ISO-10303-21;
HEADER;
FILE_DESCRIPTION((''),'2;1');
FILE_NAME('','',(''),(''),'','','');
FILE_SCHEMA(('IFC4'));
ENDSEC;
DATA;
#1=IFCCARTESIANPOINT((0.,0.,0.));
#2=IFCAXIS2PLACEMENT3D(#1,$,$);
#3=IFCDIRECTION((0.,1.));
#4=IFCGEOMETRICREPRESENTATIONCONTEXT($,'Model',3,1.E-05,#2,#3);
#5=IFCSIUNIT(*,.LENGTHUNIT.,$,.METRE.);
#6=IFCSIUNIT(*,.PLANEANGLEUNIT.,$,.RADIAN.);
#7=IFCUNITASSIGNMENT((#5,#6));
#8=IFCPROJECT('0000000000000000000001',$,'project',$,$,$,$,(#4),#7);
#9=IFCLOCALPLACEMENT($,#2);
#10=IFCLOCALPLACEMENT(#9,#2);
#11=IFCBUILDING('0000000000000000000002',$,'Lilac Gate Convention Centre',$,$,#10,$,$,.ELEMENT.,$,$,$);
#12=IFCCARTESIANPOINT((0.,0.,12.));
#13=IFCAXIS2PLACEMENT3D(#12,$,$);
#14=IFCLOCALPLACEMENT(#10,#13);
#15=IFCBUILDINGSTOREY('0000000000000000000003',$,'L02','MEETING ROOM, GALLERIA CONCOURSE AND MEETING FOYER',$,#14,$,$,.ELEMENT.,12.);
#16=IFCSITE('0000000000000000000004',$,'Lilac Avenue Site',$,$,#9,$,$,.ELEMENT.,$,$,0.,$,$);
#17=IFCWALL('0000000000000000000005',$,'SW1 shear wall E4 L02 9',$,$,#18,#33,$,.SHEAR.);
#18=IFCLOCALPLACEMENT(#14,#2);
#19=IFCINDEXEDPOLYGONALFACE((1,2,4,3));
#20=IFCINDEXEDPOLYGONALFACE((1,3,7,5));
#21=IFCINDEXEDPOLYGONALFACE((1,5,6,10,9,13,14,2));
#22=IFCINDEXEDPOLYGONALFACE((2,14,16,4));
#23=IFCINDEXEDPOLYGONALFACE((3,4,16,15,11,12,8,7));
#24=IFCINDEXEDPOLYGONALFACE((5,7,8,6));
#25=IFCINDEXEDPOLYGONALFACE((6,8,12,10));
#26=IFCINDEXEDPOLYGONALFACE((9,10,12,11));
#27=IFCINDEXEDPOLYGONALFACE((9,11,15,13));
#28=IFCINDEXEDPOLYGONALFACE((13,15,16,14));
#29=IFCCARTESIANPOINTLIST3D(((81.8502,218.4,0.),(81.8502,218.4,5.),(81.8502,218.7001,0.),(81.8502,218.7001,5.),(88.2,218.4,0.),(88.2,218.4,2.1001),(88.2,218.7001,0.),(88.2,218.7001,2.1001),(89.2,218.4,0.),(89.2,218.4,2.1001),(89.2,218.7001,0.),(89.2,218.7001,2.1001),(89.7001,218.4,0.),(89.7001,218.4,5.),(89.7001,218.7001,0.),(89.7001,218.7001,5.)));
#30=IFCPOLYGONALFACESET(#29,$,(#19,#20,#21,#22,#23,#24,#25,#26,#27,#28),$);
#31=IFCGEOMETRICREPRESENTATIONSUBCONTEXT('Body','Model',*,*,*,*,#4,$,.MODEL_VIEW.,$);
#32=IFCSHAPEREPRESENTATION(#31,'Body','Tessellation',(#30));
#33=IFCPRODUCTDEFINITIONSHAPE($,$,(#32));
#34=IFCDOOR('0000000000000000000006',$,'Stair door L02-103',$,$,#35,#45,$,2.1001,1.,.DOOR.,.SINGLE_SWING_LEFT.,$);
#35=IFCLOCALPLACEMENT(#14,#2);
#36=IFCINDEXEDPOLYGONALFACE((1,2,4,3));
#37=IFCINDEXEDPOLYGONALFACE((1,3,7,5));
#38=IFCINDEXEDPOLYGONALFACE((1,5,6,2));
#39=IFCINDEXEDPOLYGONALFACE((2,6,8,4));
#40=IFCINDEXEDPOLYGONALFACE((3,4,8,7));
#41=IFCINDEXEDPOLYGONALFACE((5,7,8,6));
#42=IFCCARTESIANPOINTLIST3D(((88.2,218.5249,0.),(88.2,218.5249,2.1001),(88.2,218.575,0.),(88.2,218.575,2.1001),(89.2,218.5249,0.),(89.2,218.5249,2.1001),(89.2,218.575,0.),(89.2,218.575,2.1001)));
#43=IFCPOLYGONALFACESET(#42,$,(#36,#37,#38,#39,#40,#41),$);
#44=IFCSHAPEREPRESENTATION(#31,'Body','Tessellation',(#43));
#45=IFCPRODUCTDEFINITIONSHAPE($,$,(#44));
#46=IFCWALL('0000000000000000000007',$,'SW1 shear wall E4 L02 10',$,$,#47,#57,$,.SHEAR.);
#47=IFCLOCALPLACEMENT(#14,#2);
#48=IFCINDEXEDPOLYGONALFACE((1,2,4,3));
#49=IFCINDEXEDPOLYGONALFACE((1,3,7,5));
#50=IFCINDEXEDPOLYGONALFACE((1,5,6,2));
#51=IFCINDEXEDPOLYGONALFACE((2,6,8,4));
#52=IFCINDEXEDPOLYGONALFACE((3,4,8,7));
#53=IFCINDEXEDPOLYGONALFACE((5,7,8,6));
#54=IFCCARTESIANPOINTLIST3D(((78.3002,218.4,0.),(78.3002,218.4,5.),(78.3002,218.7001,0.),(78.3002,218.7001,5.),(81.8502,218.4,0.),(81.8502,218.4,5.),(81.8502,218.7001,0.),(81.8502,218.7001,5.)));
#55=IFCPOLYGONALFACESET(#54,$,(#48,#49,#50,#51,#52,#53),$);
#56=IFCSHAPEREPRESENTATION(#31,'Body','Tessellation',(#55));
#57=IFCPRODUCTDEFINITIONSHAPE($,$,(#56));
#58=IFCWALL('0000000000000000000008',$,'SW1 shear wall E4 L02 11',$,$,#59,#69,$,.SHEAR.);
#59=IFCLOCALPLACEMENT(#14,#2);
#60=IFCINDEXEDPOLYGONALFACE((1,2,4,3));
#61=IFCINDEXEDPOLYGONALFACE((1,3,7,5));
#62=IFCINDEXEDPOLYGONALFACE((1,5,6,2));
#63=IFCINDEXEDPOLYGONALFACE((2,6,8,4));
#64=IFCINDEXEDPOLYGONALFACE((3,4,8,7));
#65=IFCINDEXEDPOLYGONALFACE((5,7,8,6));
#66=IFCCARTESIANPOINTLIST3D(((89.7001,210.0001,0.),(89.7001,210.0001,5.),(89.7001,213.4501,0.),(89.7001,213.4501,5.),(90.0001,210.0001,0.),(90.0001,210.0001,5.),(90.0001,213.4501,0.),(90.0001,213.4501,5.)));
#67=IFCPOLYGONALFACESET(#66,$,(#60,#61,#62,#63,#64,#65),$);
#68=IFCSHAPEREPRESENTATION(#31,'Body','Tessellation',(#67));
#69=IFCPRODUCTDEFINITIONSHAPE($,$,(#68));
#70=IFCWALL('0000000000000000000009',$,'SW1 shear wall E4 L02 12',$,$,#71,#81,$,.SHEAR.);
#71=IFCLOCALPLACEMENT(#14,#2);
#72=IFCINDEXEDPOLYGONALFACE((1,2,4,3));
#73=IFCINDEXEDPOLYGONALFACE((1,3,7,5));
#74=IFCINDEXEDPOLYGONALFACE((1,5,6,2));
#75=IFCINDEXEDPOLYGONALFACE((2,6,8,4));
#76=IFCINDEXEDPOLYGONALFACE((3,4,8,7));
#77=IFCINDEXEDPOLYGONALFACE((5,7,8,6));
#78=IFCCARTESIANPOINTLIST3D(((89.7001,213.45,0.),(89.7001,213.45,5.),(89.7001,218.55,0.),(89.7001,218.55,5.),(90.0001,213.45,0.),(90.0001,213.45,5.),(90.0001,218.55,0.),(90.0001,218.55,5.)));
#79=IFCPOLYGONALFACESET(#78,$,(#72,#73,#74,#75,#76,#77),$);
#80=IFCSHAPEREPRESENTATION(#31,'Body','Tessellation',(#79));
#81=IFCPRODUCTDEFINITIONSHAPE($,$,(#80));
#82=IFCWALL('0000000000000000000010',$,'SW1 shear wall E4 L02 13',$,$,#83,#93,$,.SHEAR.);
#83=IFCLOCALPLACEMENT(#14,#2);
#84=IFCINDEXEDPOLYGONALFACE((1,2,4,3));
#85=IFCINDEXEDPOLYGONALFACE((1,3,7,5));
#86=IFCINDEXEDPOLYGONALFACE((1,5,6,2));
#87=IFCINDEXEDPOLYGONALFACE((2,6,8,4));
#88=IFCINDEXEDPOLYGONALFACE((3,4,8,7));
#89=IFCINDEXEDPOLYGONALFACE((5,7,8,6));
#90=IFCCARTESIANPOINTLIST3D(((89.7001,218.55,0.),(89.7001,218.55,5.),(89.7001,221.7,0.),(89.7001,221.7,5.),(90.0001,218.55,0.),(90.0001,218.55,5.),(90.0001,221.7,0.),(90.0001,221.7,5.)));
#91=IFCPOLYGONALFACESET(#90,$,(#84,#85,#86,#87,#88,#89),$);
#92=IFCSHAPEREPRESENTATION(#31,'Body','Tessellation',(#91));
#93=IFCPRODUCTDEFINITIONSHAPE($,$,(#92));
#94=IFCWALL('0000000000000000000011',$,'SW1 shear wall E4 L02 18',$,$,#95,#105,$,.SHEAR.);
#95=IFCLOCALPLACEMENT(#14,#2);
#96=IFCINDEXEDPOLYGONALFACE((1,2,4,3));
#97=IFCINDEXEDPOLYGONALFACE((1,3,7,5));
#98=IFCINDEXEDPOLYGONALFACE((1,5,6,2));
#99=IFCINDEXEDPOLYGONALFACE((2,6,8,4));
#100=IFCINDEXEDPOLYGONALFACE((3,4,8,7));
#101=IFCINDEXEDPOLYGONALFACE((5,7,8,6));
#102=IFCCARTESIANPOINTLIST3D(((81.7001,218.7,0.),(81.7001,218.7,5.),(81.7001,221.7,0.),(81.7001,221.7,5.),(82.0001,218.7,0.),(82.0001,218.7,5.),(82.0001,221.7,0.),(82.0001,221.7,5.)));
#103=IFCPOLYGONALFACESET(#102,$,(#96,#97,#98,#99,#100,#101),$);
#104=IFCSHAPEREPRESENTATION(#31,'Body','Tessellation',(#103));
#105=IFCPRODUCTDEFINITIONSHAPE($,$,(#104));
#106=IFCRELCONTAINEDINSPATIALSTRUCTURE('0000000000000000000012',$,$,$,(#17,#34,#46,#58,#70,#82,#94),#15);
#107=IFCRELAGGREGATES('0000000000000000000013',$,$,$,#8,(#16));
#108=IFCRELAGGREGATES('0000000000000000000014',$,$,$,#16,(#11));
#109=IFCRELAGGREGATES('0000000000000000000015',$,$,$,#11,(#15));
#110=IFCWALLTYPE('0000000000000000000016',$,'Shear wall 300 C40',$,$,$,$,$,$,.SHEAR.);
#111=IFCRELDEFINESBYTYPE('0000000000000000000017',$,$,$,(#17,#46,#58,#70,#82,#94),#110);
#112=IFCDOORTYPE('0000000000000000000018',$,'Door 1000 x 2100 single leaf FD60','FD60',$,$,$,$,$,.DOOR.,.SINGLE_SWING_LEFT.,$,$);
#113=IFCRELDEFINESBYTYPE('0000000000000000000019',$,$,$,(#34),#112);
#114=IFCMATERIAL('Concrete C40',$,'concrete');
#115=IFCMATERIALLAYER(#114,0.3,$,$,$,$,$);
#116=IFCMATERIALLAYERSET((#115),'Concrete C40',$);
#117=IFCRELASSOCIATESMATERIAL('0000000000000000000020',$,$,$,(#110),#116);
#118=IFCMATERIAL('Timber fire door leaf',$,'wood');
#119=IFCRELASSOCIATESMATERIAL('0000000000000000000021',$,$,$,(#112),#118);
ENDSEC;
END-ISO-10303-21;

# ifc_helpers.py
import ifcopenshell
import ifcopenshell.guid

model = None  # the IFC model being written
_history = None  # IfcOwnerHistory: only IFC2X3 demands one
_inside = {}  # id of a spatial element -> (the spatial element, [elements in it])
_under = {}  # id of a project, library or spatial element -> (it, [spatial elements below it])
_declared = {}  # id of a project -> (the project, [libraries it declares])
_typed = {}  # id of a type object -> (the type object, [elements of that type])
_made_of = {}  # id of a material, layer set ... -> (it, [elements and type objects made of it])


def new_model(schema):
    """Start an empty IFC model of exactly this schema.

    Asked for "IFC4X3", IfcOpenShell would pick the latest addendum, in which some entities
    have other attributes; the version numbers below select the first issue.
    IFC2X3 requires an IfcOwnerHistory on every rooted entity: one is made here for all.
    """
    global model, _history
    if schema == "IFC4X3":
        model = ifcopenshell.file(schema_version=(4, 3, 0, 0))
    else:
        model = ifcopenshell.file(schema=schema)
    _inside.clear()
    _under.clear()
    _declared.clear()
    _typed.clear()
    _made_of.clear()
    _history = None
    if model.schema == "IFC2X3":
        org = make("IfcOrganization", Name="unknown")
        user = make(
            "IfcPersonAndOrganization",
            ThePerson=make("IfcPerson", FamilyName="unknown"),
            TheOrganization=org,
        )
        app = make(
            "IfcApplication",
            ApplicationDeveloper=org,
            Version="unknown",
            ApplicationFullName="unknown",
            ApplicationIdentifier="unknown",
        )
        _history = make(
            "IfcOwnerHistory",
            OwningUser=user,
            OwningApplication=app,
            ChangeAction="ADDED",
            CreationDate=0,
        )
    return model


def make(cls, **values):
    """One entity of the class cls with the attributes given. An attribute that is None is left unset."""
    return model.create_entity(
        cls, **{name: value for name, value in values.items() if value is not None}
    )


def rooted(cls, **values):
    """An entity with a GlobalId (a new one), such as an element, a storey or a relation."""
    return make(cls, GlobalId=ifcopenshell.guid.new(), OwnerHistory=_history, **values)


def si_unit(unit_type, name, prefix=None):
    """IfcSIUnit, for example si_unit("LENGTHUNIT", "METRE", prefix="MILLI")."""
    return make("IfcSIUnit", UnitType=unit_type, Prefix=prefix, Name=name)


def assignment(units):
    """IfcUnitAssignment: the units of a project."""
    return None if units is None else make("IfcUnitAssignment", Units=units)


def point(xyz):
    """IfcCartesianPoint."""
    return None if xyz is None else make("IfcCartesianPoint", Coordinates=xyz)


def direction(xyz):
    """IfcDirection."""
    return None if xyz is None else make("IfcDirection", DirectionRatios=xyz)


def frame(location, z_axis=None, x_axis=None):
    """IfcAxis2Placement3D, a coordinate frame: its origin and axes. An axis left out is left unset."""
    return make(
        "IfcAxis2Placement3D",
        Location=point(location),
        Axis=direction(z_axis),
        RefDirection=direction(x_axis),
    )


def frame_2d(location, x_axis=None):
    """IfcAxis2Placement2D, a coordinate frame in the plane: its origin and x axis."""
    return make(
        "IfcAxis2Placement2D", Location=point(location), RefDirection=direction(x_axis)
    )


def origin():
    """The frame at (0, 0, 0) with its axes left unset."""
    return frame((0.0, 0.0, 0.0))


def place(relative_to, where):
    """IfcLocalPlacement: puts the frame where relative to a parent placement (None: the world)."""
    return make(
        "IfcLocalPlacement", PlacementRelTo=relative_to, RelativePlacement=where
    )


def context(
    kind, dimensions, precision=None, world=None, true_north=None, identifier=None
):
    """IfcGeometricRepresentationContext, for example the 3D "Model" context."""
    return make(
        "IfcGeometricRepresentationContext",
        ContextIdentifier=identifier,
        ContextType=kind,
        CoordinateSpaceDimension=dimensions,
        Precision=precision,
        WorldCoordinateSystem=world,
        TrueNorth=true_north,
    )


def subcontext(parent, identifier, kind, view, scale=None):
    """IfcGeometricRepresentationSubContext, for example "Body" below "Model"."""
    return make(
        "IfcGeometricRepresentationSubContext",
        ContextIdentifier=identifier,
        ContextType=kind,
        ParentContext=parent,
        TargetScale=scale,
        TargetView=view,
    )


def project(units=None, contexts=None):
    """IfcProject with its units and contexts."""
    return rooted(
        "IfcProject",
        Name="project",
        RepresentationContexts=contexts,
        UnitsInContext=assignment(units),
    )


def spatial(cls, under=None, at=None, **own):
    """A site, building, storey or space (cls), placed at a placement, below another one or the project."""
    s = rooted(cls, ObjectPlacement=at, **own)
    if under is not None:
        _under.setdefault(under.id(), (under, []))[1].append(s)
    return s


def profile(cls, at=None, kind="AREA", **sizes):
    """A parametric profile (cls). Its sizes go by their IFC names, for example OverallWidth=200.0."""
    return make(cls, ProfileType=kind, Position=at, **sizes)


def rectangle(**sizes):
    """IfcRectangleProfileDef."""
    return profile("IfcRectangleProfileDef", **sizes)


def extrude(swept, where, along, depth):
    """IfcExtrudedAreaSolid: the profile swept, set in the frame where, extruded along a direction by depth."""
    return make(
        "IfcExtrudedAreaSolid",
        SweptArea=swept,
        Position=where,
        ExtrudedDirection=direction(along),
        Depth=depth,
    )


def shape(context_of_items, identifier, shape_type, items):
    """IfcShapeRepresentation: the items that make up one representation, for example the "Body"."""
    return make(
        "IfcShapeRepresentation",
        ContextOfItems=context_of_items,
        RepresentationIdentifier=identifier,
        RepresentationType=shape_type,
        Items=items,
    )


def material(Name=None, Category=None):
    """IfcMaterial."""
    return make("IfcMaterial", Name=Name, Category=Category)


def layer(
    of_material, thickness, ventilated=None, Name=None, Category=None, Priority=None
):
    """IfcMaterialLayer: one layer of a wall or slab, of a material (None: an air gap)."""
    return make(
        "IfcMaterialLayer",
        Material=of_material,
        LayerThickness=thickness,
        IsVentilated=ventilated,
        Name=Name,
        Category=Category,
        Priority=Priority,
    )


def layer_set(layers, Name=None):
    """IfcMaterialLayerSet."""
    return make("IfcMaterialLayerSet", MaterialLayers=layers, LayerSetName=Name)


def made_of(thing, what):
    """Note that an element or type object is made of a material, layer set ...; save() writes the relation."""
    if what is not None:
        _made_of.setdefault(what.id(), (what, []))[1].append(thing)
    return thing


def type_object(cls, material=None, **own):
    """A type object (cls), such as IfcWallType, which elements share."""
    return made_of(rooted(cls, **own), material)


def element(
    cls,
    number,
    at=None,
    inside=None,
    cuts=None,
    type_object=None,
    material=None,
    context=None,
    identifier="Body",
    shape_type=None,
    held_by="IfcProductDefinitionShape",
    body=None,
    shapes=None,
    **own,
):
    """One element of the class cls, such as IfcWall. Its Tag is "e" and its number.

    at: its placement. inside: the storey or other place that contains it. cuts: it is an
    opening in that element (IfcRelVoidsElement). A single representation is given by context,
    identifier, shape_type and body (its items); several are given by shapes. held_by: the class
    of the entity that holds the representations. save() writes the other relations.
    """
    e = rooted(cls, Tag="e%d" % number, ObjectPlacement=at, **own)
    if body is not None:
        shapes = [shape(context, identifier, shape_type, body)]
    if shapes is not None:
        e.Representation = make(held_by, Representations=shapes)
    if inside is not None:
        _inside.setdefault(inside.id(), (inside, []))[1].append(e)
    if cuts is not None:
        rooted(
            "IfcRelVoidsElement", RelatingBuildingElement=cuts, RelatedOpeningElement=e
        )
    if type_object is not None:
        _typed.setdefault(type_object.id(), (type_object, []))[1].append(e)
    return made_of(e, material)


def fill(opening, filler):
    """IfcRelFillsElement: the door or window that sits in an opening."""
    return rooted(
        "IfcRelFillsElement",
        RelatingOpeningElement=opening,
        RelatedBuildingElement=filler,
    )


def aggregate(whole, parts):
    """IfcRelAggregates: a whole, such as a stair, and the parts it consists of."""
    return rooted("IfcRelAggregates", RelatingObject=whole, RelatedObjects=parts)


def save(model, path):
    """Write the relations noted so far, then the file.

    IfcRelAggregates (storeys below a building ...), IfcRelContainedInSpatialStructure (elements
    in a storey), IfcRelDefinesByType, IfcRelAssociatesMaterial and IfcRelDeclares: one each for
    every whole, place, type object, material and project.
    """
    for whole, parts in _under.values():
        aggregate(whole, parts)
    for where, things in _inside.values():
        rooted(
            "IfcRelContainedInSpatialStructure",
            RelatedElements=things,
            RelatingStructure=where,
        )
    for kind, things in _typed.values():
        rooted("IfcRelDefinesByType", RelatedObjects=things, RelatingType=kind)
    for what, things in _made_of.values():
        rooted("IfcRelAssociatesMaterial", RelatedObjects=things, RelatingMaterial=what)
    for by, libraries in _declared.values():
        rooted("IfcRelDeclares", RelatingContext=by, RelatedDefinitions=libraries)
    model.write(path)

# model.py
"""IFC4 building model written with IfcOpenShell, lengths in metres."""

from ifc_helpers import new_model, si_unit, direction, frame, frame_2d, origin, place, context, subcontext, project, spatial, rectangle, extrude, material, layer, layer_set, type_object, element, fill, save


model = new_model("IFC4")

# Units and contexts
model_context = context("Model", 3, precision=1e-05, world=origin(), true_north=direction((0.0, 1.0)))
body_context = subcontext(model_context, "Body", "Model", "MODEL_VIEW")
ifc_project = project(units=[si_unit("LENGTHUNIT", "METRE"), si_unit("PLANEANGLEUNIT", "RADIAN")], contexts=[model_context])

# Site, building, storey
site_placement = place(None, origin())
site = spatial("IfcSite", under=ifc_project, at=site_placement, Name="Lilac Avenue Site", CompositionType="ELEMENT", RefElevation=0.0)
building_placement = place(site_placement, origin())
building = spatial("IfcBuilding", under=site, at=building_placement, Name="Lilac Gate Convention Centre", CompositionType="ELEMENT")
storey_placement = place(building_placement, frame((0.0, 0.0, 12.0)))
storey = spatial("IfcBuildingStorey", under=building, at=storey_placement, Name="L02", Description="MEETING ROOM, GALLERIA CONCOURSE AND MEETING FOYER", CompositionType="ELEMENT", Elevation=12.0)

# Shared definitions
ifc_material_1 = material(Name="Concrete C40", Category="concrete")
ifc_layer_1 = layer(ifc_material_1, 0.3)
ifc_layer_set_1 = layer_set([ifc_layer_1], Name="Concrete C40")
wall_type_1 = type_object("IfcWallType", Name="Shear wall 300 C40", PredefinedType="SHEAR", material=ifc_layer_set_1)
ifc_material_2 = material(Name="Timber fire door leaf", Category="wood")

# Wall, opening, door
door_type_1 = type_object("IfcDoorType", Name="Door 1000 x 2100 single leaf FD60", Description="FD60", OperationType="SINGLE_SWING_LEFT", PredefinedType="DOOR", material=ifc_material_2)
wall_1_placement = place(storey_placement, frame((89.7, 218.55, 0.0), z_axis=(0.0, 0.0, 1.0), x_axis=(-1.0, 0.0, 0.0)))
wall_1 = element("IfcWall", 1, at=wall_1_placement, inside=storey, type_object=wall_type_1, Name="SW1 shear wall E4 L02 9", PredefinedType="SHEAR", context=body_context, shape_type="SweptSolid", body=[
    extrude(rectangle(XDim=7.8499, YDim=0.3, at=frame_2d((3.9248, 0.0))), origin(), (0.0, 0.0, 1.0), 5.0),
])
opening_1_placement = place(wall_1_placement, frame((0.5, 0.0, 0.0)))
opening_1 = element("IfcOpeningElement", 2, at=opening_1_placement, cuts=wall_1, PredefinedType="OPENING", context=body_context, shape_type="SweptSolid", body=[
    extrude(rectangle(XDim=1.0, YDim=2.1001, at=frame_2d((0.5, 1.05))), frame((0.0, 0.1599, 0.0), z_axis=(0.0, -1.0, 0.0), x_axis=(1.0, 0.0, 0.0)), (0.0, 0.0, 1.0), 0.3201),
])
door_1_placement = place(opening_1_placement, frame((1.0, 0.0, 0.0), z_axis=(0.0, 0.0, 1.0), x_axis=(-1.0, 0.0, 0.0)))
door_1 = element("IfcDoor", 3, at=door_1_placement, inside=storey, type_object=door_type_1, Name="Stair door L02-103", OperationType="SINGLE_SWING_LEFT", OverallHeight=2.1001, OverallWidth=1.0, PredefinedType="DOOR", context=body_context, shape_type="SweptSolid", body=[
    extrude(rectangle(XDim=1.0, YDim=2.1001, at=frame_2d((0.5, 1.05))), frame((0.0, 0.0249, 0.0), z_axis=(0.0, -1.0, 0.0), x_axis=(1.0, 0.0, 0.0)), (0.0, 0.0, 1.0), 0.05),
])
fill(opening_1, door_1)

# Walls
wall_2_placement = place(storey_placement, frame((81.8501, 218.55, 0.0), z_axis=(0.0, 0.0, 1.0), x_axis=(-1.0, 0.0, 0.0)))
element("IfcWall", 4, at=wall_2_placement, inside=storey, type_object=wall_type_1, Name="SW1 shear wall E4 L02 10", PredefinedType="SHEAR", context=body_context, shape_type="SweptSolid", body=[
    extrude(rectangle(XDim=3.55, YDim=0.3, at=frame_2d((1.7749, 0.0))), origin(), (0.0, 0.0, 1.0), 5.0),
])
wall_3_placement = place(storey_placement, frame((89.8501, 210.0, 0.0), z_axis=(0.0, 0.0, 1.0), x_axis=(0.0, 1.0, 0.0)))
element("IfcWall", 5, at=wall_3_placement, inside=storey, type_object=wall_type_1, Name="SW1 shear wall E4 L02 11", PredefinedType="SHEAR", context=body_context, shape_type="SweptSolid", body=[
    extrude(rectangle(XDim=3.45, YDim=0.3, at=frame_2d((1.7251, 0.0))), origin(), (0.0, 0.0, 1.0), 5.0),
])
wall_4_placement = place(storey_placement, frame((89.8501, 213.45, 0.0), z_axis=(0.0, 0.0, 1.0), x_axis=(0.0, 1.0, 0.0)))
element("IfcWall", 6, at=wall_4_placement, inside=storey, type_object=wall_type_1, Name="SW1 shear wall E4 L02 12", PredefinedType="SHEAR", context=body_context, shape_type="SweptSolid", body=[
    extrude(rectangle(XDim=5.1001, YDim=0.3, at=frame_2d((2.55, 0.0))), origin(), (0.0, 0.0, 1.0), 5.0),
])
wall_5_placement = place(storey_placement, frame((89.8501, 218.55, 0.0), z_axis=(0.0, 0.0, 1.0), x_axis=(0.0, 1.0, 0.0)))
element("IfcWall", 7, at=wall_5_placement, inside=storey, type_object=wall_type_1, Name="SW1 shear wall E4 L02 13", PredefinedType="SHEAR", context=body_context, shape_type="SweptSolid", body=[
    extrude(rectangle(XDim=3.1499, YDim=0.3, at=frame_2d((1.575, 0.0))), origin(), (0.0, 0.0, 1.0), 5.0),
])
wall_6_placement = place(storey_placement, frame((81.8501, 218.7, 0.0), z_axis=(0.0, 0.0, 1.0), x_axis=(0.0, 1.0, 0.0)))
element("IfcWall", 8, at=wall_6_placement, inside=storey, type_object=wall_type_1, Name="SW1 shear wall E4 L02 18", PredefinedType="SHEAR", context=body_context, shape_type="SweptSolid", body=[
    extrude(rectangle(XDim=3.0, YDim=0.3, at=frame_2d((1.5, 0.0))), origin(), (0.0, 0.0, 1.0), 5.0),
])

save(model, "model.ifc")
